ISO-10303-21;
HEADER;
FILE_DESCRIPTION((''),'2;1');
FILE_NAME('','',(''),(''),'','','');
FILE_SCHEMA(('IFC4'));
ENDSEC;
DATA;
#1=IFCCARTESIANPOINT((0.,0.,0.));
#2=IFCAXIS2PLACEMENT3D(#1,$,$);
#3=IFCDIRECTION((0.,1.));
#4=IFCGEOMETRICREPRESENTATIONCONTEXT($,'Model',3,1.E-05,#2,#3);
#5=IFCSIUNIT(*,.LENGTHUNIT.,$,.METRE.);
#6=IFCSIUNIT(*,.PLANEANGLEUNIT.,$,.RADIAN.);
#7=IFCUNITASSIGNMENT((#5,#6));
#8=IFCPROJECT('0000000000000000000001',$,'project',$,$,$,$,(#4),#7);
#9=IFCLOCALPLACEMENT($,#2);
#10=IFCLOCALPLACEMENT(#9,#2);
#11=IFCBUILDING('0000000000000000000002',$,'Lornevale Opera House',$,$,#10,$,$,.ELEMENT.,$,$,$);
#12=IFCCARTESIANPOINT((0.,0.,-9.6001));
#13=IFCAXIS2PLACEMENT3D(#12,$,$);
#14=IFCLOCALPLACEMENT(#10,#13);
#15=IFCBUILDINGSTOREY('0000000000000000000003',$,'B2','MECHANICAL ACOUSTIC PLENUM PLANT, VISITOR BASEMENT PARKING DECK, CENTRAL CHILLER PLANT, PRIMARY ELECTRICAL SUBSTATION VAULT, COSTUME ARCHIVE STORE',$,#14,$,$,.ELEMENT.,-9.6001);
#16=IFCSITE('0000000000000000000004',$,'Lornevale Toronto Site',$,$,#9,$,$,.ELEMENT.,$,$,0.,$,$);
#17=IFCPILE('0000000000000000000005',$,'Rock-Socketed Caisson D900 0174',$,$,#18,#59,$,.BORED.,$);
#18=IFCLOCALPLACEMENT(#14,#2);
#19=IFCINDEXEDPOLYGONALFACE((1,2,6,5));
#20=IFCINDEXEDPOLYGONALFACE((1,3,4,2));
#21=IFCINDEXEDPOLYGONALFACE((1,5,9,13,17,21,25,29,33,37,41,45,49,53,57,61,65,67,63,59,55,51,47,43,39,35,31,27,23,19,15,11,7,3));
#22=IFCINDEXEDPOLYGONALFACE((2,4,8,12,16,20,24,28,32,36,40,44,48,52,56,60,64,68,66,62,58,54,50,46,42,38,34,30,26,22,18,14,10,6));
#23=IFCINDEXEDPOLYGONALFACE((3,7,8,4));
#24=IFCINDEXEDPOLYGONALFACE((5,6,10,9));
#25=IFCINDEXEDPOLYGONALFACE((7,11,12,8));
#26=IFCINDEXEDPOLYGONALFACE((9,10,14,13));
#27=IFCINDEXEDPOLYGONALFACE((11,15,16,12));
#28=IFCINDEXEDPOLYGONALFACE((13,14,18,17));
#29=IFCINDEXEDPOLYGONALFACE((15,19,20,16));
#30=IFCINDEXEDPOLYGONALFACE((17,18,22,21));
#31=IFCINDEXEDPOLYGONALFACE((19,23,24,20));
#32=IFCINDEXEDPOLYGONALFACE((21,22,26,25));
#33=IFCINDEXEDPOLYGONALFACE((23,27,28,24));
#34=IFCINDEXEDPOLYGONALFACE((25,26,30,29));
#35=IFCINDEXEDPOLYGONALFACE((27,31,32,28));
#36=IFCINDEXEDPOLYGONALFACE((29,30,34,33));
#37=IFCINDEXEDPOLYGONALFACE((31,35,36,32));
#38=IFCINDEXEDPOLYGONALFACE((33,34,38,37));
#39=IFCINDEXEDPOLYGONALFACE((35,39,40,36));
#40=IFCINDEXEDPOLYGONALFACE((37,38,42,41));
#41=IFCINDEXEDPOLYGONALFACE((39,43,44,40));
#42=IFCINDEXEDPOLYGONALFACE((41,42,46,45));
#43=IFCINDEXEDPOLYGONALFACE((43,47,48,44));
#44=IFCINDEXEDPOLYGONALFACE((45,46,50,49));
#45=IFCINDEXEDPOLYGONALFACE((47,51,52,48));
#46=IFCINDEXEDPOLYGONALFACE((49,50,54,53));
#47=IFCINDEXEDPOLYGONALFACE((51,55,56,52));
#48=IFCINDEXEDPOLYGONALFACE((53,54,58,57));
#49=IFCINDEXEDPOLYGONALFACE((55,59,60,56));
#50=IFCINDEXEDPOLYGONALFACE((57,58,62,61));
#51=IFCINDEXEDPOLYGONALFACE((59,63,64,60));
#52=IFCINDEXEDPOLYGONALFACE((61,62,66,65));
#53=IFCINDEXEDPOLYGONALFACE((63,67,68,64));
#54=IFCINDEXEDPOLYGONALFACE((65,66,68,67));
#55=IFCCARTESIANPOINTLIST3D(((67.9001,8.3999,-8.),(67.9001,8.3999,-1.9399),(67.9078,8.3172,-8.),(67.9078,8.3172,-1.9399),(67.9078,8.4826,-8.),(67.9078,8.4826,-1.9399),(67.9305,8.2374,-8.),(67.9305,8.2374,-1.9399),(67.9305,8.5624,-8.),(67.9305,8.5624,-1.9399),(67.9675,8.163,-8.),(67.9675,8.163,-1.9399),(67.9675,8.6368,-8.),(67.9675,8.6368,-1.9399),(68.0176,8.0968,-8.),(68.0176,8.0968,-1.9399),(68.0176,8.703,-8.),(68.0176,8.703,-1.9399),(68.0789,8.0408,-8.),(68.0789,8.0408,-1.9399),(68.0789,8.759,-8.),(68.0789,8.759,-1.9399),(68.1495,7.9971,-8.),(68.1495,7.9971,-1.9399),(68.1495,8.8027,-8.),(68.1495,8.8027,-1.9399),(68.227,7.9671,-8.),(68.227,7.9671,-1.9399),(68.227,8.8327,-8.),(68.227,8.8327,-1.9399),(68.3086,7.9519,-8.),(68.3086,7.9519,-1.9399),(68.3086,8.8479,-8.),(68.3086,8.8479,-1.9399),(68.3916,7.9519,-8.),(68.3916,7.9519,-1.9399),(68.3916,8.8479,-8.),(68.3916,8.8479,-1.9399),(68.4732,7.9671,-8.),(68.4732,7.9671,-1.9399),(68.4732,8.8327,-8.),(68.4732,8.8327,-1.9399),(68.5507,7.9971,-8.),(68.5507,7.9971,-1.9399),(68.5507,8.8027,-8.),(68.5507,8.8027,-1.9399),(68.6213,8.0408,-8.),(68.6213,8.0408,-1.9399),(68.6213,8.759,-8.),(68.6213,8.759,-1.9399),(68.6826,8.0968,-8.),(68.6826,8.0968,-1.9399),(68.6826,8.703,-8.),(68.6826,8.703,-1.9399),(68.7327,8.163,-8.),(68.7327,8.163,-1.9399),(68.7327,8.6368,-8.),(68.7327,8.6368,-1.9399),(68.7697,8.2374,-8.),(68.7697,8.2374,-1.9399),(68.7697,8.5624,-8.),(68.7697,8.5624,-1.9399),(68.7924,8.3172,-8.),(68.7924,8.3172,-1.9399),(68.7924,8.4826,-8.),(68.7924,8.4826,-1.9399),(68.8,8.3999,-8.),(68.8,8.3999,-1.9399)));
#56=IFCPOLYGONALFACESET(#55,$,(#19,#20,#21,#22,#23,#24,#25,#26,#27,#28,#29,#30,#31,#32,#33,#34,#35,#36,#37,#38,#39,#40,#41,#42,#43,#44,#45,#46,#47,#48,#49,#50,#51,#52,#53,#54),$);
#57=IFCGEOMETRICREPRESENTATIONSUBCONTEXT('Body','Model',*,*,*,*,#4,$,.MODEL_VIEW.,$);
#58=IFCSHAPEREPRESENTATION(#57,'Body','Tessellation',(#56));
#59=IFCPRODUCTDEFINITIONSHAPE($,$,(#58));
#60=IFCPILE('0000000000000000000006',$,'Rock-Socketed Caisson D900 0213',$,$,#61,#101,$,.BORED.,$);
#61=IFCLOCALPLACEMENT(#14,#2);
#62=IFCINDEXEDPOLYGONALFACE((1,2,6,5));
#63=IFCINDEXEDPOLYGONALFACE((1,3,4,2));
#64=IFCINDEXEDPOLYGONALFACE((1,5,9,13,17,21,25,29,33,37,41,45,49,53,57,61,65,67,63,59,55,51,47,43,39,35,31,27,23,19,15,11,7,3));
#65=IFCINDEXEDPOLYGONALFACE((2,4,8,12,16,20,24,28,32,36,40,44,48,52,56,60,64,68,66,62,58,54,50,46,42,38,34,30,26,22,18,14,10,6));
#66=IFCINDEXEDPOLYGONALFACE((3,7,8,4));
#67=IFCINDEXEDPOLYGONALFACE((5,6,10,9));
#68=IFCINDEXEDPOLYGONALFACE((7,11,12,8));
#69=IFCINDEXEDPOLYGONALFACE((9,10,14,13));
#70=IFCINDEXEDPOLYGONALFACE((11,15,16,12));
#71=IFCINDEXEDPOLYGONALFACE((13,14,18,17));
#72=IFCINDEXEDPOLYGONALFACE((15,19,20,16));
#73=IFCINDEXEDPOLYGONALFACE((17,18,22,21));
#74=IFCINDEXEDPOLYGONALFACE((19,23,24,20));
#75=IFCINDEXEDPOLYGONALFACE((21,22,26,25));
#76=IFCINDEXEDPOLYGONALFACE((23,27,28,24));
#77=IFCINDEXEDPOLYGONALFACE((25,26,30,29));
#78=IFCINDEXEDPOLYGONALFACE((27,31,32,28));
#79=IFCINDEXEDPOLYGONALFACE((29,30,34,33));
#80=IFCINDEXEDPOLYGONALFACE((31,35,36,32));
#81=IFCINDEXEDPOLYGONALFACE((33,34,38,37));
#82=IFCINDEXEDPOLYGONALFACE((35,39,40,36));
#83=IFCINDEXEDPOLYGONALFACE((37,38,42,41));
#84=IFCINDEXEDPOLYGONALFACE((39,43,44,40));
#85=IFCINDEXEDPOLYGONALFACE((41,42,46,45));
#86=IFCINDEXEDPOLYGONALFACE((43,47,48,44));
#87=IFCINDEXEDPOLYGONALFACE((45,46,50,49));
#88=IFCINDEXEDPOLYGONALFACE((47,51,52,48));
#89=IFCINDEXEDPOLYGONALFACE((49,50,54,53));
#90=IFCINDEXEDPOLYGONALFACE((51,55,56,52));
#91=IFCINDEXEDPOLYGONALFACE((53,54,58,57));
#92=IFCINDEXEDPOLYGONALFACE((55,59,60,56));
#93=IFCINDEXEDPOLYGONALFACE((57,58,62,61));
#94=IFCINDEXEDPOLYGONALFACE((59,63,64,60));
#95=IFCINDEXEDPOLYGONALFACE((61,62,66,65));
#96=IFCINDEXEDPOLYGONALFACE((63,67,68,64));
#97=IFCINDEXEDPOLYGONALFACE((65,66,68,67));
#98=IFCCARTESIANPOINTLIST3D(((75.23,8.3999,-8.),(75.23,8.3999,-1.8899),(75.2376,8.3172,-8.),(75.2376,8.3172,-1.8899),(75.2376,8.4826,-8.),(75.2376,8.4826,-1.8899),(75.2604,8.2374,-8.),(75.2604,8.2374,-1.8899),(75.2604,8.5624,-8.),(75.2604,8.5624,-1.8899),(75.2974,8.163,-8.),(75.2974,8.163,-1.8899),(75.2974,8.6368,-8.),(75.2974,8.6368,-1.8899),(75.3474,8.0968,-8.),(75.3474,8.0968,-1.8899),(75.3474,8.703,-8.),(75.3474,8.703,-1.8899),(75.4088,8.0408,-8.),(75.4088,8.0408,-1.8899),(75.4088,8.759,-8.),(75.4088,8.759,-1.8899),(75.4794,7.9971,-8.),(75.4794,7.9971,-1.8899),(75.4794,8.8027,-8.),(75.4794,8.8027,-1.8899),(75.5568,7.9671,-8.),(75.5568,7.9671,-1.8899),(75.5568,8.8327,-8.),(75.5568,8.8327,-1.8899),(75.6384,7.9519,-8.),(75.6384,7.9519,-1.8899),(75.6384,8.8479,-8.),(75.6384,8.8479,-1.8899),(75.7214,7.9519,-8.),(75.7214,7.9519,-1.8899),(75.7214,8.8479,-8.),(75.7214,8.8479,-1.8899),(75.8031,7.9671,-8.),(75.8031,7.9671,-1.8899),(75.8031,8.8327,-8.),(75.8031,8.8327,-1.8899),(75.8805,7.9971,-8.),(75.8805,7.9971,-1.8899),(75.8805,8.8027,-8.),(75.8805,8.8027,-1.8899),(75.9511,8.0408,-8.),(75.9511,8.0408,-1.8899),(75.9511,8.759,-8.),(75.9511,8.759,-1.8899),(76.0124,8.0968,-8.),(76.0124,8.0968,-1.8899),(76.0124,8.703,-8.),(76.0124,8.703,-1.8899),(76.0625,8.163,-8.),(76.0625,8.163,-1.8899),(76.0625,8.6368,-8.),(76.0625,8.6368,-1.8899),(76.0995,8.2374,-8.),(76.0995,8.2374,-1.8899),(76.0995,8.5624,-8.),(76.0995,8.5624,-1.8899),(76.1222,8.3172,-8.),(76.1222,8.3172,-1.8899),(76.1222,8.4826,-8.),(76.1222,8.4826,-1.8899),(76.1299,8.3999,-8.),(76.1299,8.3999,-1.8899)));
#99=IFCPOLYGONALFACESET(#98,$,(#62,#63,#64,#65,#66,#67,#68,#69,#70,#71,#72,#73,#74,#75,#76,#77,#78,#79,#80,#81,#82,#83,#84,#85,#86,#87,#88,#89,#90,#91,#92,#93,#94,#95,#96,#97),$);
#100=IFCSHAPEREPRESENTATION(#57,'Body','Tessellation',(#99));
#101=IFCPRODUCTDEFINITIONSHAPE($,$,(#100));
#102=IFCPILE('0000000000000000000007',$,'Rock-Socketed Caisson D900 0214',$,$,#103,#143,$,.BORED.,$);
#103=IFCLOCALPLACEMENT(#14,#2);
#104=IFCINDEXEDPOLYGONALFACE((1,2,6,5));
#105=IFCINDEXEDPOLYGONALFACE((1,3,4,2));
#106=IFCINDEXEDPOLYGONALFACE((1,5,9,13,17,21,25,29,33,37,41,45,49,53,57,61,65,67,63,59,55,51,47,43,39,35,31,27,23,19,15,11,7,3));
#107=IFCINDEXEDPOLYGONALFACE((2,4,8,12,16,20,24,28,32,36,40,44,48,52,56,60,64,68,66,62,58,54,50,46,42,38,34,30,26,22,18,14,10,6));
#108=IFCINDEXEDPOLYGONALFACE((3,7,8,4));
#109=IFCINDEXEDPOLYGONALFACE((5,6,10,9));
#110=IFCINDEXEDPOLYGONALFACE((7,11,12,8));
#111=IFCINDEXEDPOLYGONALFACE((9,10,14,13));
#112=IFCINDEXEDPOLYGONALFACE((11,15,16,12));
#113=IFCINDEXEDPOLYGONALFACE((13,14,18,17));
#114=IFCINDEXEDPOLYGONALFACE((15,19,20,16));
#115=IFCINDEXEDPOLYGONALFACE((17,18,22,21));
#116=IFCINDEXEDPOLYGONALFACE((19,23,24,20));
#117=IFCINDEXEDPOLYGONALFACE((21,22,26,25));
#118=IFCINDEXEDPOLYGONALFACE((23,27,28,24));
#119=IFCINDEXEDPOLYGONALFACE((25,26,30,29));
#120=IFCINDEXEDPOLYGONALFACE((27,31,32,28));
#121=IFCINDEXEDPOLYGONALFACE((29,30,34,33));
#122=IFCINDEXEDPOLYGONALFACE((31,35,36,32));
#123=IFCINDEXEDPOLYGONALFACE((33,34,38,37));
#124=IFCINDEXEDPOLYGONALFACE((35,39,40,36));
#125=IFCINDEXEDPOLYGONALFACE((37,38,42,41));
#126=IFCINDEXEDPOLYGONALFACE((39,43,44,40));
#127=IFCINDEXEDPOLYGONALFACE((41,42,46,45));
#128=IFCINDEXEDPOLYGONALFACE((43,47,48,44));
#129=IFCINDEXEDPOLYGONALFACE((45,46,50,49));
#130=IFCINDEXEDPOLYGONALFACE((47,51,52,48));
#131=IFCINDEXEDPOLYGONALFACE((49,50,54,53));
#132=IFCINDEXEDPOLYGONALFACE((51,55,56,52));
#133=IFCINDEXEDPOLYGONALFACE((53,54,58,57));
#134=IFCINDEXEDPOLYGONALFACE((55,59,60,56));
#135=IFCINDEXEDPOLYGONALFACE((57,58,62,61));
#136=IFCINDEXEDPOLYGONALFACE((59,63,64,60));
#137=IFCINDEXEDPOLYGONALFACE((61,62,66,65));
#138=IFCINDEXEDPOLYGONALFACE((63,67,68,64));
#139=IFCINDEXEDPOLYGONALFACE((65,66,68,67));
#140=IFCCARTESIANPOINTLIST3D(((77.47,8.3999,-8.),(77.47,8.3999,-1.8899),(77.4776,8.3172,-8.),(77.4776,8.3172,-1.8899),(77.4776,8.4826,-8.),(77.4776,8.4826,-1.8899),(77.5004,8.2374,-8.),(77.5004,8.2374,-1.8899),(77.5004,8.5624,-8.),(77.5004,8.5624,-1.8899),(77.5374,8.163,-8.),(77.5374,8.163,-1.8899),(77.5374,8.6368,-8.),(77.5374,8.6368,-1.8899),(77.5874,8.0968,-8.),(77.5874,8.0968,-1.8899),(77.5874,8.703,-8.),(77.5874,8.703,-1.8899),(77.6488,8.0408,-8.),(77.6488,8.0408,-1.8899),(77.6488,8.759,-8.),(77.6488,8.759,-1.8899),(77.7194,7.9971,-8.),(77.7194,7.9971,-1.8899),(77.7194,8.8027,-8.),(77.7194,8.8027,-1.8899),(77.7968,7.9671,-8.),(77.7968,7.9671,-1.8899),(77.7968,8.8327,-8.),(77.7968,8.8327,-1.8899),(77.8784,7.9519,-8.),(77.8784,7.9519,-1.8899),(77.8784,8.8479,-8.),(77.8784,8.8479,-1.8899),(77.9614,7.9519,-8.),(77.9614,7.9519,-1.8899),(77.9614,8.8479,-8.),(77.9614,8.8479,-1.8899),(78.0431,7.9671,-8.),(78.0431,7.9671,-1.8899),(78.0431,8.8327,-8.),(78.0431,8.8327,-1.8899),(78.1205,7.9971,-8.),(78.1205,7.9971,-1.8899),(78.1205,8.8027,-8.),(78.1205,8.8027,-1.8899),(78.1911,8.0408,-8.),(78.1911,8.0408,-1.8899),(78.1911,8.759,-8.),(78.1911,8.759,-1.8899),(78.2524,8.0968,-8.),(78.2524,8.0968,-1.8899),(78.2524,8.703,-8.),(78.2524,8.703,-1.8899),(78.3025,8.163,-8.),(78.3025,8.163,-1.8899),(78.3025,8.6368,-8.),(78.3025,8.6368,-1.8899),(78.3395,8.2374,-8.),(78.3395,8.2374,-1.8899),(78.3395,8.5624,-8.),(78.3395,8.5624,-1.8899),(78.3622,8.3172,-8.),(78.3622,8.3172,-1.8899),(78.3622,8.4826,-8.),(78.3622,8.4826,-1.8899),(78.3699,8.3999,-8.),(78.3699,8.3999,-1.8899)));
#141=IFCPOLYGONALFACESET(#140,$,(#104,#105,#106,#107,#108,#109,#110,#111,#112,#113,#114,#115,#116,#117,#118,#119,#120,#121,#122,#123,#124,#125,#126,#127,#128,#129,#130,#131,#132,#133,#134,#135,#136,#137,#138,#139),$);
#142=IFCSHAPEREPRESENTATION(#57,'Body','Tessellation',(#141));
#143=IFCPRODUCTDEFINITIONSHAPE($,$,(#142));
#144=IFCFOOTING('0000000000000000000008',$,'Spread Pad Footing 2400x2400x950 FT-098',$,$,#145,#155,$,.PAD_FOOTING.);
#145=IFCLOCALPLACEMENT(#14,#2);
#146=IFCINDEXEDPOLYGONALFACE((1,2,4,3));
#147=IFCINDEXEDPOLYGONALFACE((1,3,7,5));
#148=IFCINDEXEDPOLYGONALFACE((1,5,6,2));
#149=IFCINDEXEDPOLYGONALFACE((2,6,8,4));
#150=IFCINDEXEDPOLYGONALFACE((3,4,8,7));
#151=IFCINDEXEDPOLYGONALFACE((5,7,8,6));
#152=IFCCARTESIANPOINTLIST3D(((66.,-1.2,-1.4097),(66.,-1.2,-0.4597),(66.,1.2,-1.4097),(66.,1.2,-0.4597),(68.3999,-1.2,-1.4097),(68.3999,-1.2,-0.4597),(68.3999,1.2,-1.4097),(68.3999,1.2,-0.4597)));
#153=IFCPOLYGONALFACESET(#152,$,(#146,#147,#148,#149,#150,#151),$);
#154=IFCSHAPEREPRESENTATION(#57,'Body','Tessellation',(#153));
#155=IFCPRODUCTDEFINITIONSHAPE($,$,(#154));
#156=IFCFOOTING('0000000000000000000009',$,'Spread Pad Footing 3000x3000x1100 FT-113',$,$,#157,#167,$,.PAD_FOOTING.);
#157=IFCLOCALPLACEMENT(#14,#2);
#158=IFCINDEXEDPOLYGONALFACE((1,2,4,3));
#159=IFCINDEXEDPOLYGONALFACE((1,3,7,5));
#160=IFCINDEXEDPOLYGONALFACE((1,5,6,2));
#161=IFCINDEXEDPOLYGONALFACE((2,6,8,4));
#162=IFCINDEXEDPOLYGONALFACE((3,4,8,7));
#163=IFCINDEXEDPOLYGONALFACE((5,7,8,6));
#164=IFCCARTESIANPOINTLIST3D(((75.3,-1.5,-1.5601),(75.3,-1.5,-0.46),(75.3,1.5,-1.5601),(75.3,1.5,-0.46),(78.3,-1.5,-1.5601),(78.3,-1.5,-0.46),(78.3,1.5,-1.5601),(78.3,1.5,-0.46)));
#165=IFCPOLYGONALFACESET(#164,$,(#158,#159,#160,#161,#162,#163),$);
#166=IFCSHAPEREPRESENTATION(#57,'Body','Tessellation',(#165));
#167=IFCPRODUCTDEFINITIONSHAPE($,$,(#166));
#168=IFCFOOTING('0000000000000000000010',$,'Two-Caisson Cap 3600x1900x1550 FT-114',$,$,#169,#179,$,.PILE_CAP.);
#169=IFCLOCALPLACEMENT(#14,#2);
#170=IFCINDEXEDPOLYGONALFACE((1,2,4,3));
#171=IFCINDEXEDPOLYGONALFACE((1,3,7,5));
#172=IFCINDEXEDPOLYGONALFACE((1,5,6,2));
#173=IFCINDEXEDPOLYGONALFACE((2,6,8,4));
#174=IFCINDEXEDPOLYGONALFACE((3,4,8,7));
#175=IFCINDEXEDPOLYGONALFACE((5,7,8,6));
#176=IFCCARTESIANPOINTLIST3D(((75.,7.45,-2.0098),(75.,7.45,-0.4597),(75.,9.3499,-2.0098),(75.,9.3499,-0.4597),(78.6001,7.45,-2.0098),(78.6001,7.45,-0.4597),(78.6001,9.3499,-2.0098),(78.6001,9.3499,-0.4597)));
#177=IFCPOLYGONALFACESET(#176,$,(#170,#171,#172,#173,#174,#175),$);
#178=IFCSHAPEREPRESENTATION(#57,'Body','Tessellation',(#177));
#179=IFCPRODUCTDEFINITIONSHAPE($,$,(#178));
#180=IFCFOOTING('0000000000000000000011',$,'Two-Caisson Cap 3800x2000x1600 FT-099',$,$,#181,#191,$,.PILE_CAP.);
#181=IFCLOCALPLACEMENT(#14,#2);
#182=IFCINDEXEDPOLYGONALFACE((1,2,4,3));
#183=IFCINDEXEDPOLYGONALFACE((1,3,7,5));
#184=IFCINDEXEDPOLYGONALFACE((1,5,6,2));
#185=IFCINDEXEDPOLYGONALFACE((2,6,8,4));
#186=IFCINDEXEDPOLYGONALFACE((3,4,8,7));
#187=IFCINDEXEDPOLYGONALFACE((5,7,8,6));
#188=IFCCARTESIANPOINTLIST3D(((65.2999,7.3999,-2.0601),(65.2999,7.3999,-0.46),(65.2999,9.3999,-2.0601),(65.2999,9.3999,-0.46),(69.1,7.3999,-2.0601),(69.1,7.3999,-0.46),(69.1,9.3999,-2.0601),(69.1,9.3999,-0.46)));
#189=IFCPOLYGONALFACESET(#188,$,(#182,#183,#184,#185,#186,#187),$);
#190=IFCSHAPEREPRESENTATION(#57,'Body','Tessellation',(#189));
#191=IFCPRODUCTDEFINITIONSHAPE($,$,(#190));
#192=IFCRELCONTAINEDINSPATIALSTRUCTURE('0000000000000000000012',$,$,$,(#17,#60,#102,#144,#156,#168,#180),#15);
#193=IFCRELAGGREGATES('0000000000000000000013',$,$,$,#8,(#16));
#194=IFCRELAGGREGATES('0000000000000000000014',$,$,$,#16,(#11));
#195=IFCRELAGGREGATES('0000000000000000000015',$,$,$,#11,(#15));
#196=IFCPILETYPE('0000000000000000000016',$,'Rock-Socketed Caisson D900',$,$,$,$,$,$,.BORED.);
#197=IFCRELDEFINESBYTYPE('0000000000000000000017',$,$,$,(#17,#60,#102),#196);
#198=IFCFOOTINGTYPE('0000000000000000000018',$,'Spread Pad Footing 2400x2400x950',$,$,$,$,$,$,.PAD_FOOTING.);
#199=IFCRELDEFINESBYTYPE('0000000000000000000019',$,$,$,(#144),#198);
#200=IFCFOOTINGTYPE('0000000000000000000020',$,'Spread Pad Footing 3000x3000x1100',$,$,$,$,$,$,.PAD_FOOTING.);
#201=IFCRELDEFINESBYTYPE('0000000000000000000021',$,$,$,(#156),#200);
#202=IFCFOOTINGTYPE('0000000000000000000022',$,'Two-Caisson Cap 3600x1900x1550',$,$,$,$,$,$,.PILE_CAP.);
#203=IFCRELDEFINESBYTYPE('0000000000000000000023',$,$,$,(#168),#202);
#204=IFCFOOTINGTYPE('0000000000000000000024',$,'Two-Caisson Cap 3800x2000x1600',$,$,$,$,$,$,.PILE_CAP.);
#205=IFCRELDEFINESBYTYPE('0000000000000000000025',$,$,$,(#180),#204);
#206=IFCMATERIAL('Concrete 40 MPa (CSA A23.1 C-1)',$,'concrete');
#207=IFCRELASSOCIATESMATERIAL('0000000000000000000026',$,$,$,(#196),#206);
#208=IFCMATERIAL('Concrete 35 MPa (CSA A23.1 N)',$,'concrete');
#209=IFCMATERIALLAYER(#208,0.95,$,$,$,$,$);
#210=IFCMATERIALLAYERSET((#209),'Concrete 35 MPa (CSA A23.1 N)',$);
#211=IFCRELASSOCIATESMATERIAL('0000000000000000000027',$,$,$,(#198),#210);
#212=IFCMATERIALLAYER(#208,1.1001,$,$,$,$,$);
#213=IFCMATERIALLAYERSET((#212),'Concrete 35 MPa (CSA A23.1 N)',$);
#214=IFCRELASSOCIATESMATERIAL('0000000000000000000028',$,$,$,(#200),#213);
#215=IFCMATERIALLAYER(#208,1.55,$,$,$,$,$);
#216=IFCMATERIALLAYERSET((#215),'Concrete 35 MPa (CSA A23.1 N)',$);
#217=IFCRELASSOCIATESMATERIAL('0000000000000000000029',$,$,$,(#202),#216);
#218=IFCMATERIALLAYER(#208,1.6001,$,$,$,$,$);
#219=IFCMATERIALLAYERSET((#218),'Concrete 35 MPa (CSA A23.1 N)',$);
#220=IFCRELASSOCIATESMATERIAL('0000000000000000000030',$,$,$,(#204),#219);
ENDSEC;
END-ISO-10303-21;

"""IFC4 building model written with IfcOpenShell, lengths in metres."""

from ifc_helpers import new_model, si_unit, direction, frame, origin, origin_2d, place, context, subcontext, project, spatial, rectangle, circle, extrude, material, layer, layer_set, material_profile, profile_set, type_object, element, save


model = new_model("IFC4")

# Units and contexts
model_context = context("Model", 3, precision=1e-05, world=origin(), true_north=direction((0.0, 1.0)))
body_context = subcontext(model_context, "Body", "Model", "MODEL_VIEW")
ifc_project = project(units=[si_unit("LENGTHUNIT", "METRE"), si_unit("PLANEANGLEUNIT", "RADIAN")], contexts=[model_context])

# Site, building, storey
site_placement = place(None, origin())
site = spatial("IfcSite", under=ifc_project, at=site_placement, Name="Lornevale Toronto Site", CompositionType="ELEMENT", RefElevation=0.0)
building_placement = place(site_placement, origin())
building = spatial("IfcBuilding", under=site, at=building_placement, Name="Lornevale Opera House", CompositionType="ELEMENT")
storey_placement = place(building_placement, frame((0.0, 0.0, -9.6001)))
storey = spatial("IfcBuildingStorey", under=building, at=storey_placement, Name="B2", Description="MECHANICAL ACOUSTIC PLENUM PLANT, VISITOR BASEMENT PARKING DECK, CENTRAL CHILLER PLANT, PRIMARY ELECTRICAL SUBSTATION VAULT, COSTUME ARCHIVE STORE", CompositionType="ELEMENT", Elevation=-9.6001)

# Shared definitions
ifc_material_1 = material(Name="Concrete 35 MPa (CSA A23.1 N)", Category="concrete")

# Shared definitions
ifc_material_2 = material(Name="Concrete 40 MPa (CSA A23.1 C-1)", Category="concrete")

# Piles
ifc_material_profile_1 = material_profile(ifc_material_2, circle(Radius=0.45, at=origin_2d()), Name="CAIS900")
ifc_profile_set_1 = profile_set([ifc_material_profile_1], Name="Concrete 40 MPa (CSA A23.1 C-1)")
pile_type_1 = type_object("IfcPileType", Name="Rock-Socketed Caisson D900", PredefinedType="BORED", material=ifc_profile_set_1)
for number, where, z_axis, x_axis, name in (
    (1, (68.3501, 8.3999, -1.9399), (0.0, 0.0, -1.0), (1.0, 0.0, 0.0), "Rock-Socketed Caisson D900 0174"),
):
    element("IfcPile", number, at=place(storey_placement, frame(where, z_axis=z_axis, x_axis=x_axis)), inside=storey, type_object=pile_type_1, Name=name, PredefinedType="BORED", context=body_context, shape_type="SweptSolid", body=[
        extrude(circle(Radius=0.45, at=origin_2d()), origin(), (0.0, 0.0, 1.0), 6.0601),
    ])
for number, where, z_axis, x_axis, name in (
    (2, (75.6799, 8.3999, -1.8899), (0.0, 0.0, -1.0), (1.0, 0.0, 0.0), "Rock-Socketed Caisson D900 0213"),
    (3, (77.9199, 8.3999, -1.8899), (0.0, 0.0, -1.0), (1.0, 0.0, 0.0), "Rock-Socketed Caisson D900 0214"),
):
    element("IfcPile", number, at=place(storey_placement, frame(where, z_axis=z_axis, x_axis=x_axis)), inside=storey, type_object=pile_type_1, Name=name, PredefinedType="BORED", context=body_context, shape_type="SweptSolid", body=[
        extrude(circle(Radius=0.45, at=origin_2d()), origin(), (0.0, 0.0, 1.0), 6.1101),
    ])

# Footings
ifc_layer_1 = layer(ifc_material_1, 0.95)
ifc_layer_set_1 = layer_set([ifc_layer_1], Name="Concrete 35 MPa (CSA A23.1 N)")
footing_type_1 = type_object("IfcFootingType", Name="Spread Pad Footing 2400x2400x950", PredefinedType="PAD_FOOTING", material=ifc_layer_set_1)
footing_1_placement = place(storey_placement, frame((67.2, 0.0, -1.4097), z_axis=(0.0, 0.0, 1.0), x_axis=(1.0, 0.0, 0.0)))
element("IfcFooting", 4, at=footing_1_placement, inside=storey, type_object=footing_type_1, Name="Spread Pad Footing 2400x2400x950 FT-098", PredefinedType="PAD_FOOTING", context=body_context, shape_type="SweptSolid", body=[
    extrude(rectangle(XDim=2.3999, YDim=2.3999, at=origin_2d()), origin(), (0.0, 0.0, 1.0), 0.95),
])
ifc_layer_2 = layer(ifc_material_1, 1.1001)
ifc_layer_set_2 = layer_set([ifc_layer_2], Name="Concrete 35 MPa (CSA A23.1 N)")
footing_type_2 = type_object("IfcFootingType", Name="Spread Pad Footing 3000x3000x1100", PredefinedType="PAD_FOOTING", material=ifc_layer_set_2)
footing_2_placement = place(storey_placement, frame((76.8, 0.0, -1.5601), z_axis=(0.0, 0.0, 1.0), x_axis=(1.0, 0.0, 0.0)))
element("IfcFooting", 5, at=footing_2_placement, inside=storey, type_object=footing_type_2, Name="Spread Pad Footing 3000x3000x1100 FT-113", PredefinedType="PAD_FOOTING", context=body_context, shape_type="SweptSolid", body=[
    extrude(rectangle(XDim=3.0, YDim=3.0, at=origin_2d()), origin(), (0.0, 0.0, 1.0), 1.1001),
])
ifc_layer_3 = layer(ifc_material_1, 1.55)
ifc_layer_set_3 = layer_set([ifc_layer_3], Name="Concrete 35 MPa (CSA A23.1 N)")
footing_type_3 = type_object("IfcFootingType", Name="Two-Caisson Cap 3600x1900x1550", PredefinedType="PILE_CAP", material=ifc_layer_set_3)
footing_3_placement = place(storey_placement, frame((76.8, 8.3999, -2.0098), z_axis=(0.0, 0.0, 1.0), x_axis=(1.0, 0.0, 0.0)))
element("IfcFooting", 6, at=footing_3_placement, inside=storey, type_object=footing_type_3, Name="Two-Caisson Cap 3600x1900x1550 FT-114", PredefinedType="PILE_CAP", context=body_context, shape_type="SweptSolid", body=[
    extrude(rectangle(XDim=3.6001, YDim=1.8999, at=origin_2d()), origin(), (0.0, 0.0, 1.0), 1.55),
])
ifc_layer_4 = layer(ifc_material_1, 1.6001)
ifc_layer_set_4 = layer_set([ifc_layer_4], Name="Concrete 35 MPa (CSA A23.1 N)")
footing_type_4 = type_object("IfcFootingType", Name="Two-Caisson Cap 3800x2000x1600", PredefinedType="PILE_CAP", material=ifc_layer_set_4)
footing_4_placement = place(storey_placement, frame((67.2, 8.3999, -2.0601), z_axis=(0.0, 0.0, 1.0), x_axis=(1.0, 0.0, 0.0)))
element("IfcFooting", 7, at=footing_4_placement, inside=storey, type_object=footing_type_4, Name="Two-Caisson Cap 3800x2000x1600 FT-099", PredefinedType="PILE_CAP", context=body_context, shape_type="SweptSolid", body=[
    extrude(rectangle(XDim=3.8, YDim=2.0, at=origin_2d()), origin(), (0.0, 0.0, 1.0), 1.6001),
])

save(model, "model.ifc")
